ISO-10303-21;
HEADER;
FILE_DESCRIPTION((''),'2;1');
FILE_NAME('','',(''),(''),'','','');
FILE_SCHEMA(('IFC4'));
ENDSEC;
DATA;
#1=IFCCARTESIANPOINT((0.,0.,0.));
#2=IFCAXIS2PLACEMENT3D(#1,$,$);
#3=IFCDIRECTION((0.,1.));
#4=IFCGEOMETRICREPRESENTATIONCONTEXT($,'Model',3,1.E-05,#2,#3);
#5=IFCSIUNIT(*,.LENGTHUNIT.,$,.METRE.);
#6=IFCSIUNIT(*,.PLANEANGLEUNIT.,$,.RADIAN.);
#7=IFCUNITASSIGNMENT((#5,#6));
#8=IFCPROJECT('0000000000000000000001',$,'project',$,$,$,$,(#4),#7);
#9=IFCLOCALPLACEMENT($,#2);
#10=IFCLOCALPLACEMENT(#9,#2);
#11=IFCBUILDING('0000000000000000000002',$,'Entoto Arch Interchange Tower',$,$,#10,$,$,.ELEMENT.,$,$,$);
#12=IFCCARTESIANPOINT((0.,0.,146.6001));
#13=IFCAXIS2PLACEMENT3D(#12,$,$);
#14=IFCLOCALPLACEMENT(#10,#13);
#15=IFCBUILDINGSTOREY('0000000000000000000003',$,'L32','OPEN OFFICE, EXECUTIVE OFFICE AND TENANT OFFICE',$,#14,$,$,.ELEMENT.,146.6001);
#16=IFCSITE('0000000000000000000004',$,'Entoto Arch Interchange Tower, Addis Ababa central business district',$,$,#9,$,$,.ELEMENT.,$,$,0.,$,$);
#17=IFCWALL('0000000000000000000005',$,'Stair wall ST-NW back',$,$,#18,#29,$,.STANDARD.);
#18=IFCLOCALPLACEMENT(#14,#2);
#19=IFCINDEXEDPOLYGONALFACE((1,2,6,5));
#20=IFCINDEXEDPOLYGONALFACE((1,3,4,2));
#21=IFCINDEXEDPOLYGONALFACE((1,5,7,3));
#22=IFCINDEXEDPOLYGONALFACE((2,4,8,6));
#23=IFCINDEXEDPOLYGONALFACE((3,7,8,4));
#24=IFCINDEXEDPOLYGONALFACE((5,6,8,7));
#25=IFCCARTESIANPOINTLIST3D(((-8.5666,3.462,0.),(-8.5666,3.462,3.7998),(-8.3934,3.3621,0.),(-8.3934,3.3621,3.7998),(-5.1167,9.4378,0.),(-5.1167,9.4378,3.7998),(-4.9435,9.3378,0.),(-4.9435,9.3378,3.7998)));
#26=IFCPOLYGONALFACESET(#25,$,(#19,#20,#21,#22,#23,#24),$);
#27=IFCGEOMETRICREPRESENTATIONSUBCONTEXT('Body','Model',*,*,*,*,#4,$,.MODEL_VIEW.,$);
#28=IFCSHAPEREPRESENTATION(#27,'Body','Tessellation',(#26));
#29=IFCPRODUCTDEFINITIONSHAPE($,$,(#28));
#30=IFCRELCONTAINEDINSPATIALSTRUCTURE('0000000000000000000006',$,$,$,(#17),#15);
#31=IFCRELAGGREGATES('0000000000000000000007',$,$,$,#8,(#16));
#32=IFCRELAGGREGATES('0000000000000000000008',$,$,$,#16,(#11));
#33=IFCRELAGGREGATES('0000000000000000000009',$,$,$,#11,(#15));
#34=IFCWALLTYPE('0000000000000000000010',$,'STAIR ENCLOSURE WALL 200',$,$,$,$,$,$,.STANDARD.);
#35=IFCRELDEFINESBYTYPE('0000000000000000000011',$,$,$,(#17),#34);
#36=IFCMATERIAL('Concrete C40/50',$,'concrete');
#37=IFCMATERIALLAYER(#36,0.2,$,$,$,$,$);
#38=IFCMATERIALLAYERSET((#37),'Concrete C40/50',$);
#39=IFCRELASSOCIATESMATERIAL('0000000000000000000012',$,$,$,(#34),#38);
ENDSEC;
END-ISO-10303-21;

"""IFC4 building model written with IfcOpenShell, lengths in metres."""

from ifc_helpers import new_model, si_unit, direction, frame, frame_2d, origin, place, context, subcontext, project, spatial, rectangle, extrude, material, layer, layer_set, type_object, element, save


model = new_model("IFC4")

# Units and contexts
model_context = context("Model", 3, precision=1e-05, world=origin(), true_north=direction((0.0, 1.0)))
body_context = subcontext(model_context, "Body", "Model", "MODEL_VIEW")
ifc_project = project(units=[si_unit("LENGTHUNIT", "METRE"), si_unit("PLANEANGLEUNIT", "RADIAN")], contexts=[model_context])

# Site, building, storey
site_placement = place(None, origin())
site = spatial("IfcSite", under=ifc_project, at=site_placement, Name="Entoto Arch Interchange Tower, Addis Ababa central business district", CompositionType="ELEMENT", RefElevation=0.0)
building_placement = place(site_placement, origin())
building = spatial("IfcBuilding", under=site, at=building_placement, Name="Entoto Arch Interchange Tower", CompositionType="ELEMENT")
storey_placement = place(building_placement, frame((0.0, 0.0, 146.6001)))
storey = spatial("IfcBuildingStorey", under=building, at=storey_placement, Name="L32", Description="OPEN OFFICE, EXECUTIVE OFFICE AND TENANT OFFICE", CompositionType="ELEMENT", Elevation=146.6001)

# Wall
ifc_material_1 = material(Name="Concrete C40/50", Category="concrete")
ifc_layer_1 = layer(ifc_material_1, 0.2)
ifc_layer_set_1 = layer_set([ifc_layer_1], Name="Concrete C40/50")
wall_type_1 = type_object("IfcWallType", Name="STAIR ENCLOSURE WALL 200", PredefinedType="STANDARD", material=ifc_layer_set_1)
wall_1_placement = place(storey_placement, frame((-5.03, 9.3879, 0.0), z_axis=(0.0, 0.0, 1.0), x_axis=(-0.499979, -0.866038, 0.0)))
element("IfcWall", 1, at=wall_1_placement, inside=storey, type_object=wall_type_1, Name="Stair wall ST-NW back", PredefinedType="STANDARD", context=body_context, shape_type="SweptSolid", body=[
    extrude(rectangle(XDim=6.9001, YDim=0.2, at=frame_2d((3.4502, 0.0))), origin(), (0.0, 0.0, 1.0), 3.7998),
])

save(model, "model.ifc")
